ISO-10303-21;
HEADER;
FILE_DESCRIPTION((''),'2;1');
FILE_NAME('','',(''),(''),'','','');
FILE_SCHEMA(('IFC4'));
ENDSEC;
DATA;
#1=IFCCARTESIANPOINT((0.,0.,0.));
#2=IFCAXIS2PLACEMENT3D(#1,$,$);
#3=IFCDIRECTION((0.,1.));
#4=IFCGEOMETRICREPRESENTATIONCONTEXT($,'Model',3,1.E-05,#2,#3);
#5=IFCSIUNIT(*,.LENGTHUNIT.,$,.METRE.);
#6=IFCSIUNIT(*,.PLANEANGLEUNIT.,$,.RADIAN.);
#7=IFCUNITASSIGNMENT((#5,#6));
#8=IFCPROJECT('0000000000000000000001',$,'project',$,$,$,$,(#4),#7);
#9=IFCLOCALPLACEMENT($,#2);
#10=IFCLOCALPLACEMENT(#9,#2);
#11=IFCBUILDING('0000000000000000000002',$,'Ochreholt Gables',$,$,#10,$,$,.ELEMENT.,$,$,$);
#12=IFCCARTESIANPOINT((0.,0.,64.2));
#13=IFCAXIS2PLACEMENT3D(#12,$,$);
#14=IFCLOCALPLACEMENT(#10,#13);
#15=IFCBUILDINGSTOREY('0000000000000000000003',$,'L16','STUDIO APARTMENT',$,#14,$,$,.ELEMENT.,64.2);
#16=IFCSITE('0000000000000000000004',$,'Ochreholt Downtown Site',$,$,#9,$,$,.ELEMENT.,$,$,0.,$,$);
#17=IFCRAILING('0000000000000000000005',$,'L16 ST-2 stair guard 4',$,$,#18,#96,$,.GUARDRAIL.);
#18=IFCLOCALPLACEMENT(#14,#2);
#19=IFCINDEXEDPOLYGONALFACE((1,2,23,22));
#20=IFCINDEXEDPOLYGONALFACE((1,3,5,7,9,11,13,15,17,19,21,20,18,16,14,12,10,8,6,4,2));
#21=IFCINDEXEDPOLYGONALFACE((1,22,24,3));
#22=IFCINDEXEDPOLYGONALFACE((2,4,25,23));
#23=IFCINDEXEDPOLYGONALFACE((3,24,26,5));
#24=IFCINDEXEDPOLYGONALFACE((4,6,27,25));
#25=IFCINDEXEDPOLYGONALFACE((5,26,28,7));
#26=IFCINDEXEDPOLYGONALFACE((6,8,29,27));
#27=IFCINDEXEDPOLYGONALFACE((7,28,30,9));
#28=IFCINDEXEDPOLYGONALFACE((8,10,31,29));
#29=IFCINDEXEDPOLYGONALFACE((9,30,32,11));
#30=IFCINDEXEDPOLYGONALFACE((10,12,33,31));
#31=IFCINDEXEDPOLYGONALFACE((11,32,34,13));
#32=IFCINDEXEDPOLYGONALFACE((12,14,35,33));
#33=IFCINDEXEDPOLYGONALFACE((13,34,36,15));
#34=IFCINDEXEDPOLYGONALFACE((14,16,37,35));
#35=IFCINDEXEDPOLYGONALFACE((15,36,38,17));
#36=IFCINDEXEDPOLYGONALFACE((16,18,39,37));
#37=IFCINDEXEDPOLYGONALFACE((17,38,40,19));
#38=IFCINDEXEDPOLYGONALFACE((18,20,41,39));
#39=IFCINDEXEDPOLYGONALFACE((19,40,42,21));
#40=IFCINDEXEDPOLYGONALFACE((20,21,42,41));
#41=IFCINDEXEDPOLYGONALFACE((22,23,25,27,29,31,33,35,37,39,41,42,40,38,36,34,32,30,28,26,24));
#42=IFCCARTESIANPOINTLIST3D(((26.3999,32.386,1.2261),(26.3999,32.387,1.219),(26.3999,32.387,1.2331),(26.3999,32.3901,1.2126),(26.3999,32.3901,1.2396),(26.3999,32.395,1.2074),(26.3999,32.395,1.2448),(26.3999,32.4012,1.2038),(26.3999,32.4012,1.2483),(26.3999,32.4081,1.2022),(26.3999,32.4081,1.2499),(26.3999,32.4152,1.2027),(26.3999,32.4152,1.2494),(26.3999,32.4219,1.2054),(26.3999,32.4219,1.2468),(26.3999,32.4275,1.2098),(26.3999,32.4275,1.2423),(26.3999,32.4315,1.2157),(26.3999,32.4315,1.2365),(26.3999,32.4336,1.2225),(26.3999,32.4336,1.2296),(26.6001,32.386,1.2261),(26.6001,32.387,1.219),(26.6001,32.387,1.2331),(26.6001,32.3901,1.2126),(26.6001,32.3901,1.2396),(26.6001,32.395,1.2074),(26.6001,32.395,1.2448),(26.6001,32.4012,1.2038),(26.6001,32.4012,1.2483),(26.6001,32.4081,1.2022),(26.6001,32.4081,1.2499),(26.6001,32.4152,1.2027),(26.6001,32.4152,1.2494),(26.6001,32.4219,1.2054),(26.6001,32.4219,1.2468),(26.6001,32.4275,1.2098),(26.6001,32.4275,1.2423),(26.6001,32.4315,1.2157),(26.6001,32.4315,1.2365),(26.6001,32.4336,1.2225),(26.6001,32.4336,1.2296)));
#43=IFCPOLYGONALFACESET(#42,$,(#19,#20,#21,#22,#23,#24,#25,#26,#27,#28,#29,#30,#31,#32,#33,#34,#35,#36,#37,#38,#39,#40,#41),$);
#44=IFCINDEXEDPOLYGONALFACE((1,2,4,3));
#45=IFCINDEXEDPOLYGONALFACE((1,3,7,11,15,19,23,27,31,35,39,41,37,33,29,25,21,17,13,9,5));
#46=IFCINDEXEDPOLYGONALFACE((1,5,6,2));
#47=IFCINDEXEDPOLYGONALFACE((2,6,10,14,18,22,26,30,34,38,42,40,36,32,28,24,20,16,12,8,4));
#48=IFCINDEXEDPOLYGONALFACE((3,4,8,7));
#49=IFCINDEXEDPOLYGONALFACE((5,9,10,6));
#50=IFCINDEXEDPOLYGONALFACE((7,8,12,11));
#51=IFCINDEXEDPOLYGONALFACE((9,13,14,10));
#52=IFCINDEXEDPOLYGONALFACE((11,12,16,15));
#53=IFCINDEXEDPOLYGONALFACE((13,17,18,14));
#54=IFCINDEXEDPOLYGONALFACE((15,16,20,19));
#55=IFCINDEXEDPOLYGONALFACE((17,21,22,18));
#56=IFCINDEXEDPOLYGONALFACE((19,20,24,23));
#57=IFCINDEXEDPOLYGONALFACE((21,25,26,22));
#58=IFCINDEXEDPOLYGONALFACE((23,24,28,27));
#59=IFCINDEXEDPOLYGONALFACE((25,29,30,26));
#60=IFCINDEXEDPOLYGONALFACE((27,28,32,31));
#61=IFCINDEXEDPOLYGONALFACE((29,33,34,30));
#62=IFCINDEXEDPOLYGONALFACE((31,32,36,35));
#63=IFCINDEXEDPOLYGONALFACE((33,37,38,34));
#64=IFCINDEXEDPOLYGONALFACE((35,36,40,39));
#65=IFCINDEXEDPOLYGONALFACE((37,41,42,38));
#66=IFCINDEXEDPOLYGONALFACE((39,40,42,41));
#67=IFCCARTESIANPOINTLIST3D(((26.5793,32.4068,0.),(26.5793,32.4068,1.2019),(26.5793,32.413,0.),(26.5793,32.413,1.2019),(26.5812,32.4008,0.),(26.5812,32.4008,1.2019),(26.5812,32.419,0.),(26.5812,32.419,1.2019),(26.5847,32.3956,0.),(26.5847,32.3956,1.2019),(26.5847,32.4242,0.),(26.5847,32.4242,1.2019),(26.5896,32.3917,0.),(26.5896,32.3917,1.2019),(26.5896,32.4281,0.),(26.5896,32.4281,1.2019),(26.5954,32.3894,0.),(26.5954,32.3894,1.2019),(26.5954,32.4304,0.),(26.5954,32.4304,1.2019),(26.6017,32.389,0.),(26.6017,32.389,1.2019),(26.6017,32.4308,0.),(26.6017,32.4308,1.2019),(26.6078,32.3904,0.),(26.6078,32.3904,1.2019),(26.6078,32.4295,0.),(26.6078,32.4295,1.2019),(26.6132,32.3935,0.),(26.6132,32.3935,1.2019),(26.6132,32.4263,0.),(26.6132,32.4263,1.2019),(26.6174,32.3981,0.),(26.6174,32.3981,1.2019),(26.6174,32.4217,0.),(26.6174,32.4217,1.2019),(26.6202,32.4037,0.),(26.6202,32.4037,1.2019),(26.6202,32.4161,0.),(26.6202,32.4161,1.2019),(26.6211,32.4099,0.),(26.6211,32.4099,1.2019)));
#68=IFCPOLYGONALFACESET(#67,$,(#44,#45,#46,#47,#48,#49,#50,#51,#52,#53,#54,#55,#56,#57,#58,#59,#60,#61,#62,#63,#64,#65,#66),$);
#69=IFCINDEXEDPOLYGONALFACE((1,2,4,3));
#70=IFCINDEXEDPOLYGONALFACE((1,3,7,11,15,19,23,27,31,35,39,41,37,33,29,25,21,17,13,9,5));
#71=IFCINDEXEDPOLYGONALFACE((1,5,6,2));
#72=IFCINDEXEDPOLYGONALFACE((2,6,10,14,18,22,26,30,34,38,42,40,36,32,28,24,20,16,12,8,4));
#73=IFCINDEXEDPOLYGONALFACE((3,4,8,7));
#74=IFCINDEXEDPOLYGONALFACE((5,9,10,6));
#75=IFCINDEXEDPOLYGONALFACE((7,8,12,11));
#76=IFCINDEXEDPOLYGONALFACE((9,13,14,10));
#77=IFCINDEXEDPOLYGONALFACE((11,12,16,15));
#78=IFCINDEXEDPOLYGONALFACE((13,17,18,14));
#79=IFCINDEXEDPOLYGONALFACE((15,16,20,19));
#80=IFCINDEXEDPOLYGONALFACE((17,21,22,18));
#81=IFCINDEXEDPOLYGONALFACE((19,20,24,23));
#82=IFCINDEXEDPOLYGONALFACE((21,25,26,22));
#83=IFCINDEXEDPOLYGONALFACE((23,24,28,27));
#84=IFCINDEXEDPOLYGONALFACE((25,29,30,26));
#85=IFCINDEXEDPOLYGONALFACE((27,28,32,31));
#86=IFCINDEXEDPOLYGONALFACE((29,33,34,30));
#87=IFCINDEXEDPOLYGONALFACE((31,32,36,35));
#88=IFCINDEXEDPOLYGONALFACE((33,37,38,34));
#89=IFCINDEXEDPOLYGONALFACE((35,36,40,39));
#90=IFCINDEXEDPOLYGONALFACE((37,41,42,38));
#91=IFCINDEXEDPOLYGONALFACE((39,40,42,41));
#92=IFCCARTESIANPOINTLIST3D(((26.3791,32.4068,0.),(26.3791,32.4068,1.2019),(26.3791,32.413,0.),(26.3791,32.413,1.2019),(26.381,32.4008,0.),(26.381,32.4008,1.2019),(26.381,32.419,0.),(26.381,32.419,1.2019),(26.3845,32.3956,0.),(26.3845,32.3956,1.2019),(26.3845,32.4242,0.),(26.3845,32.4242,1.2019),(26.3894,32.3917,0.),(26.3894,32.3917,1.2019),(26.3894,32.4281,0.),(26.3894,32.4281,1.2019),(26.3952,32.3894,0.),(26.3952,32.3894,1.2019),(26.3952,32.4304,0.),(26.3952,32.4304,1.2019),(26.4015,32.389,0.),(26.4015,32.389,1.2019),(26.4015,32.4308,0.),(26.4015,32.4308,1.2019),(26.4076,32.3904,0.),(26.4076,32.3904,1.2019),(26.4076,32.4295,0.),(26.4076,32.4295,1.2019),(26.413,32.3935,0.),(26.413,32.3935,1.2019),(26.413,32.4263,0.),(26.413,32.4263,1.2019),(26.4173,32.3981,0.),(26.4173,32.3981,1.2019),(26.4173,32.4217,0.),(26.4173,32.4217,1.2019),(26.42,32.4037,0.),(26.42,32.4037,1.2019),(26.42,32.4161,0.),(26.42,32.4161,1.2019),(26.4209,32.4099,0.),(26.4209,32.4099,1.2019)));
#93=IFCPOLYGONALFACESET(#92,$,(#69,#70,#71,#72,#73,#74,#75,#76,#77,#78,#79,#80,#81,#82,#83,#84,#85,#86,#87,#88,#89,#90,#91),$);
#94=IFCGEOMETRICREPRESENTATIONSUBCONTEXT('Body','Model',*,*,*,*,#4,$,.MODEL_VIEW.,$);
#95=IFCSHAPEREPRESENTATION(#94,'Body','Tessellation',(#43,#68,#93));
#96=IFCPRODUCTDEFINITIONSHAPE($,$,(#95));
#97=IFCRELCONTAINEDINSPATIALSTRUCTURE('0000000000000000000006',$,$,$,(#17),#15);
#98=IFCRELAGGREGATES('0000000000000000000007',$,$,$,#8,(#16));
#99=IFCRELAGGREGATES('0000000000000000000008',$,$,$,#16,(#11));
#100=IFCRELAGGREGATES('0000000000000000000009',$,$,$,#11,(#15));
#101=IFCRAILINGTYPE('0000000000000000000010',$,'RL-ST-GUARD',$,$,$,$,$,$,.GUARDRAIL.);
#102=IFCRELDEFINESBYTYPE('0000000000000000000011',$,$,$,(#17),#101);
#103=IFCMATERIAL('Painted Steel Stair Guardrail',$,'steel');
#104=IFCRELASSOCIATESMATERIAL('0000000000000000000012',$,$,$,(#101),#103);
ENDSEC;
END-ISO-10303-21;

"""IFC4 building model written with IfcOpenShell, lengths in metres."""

from ifc_helpers import new_model, si_unit, direction, frame, origin, origin_2d, place, context, subcontext, project, spatial, circle, extrude, material, type_object, element, save


model = new_model("IFC4")

# Units and contexts
model_context = context("Model", 3, precision=1e-05, world=origin(), true_north=direction((0.0, 1.0)))
body_context = subcontext(model_context, "Body", "Model", "MODEL_VIEW")
ifc_project = project(units=[si_unit("LENGTHUNIT", "METRE"), si_unit("PLANEANGLEUNIT", "RADIAN")], contexts=[model_context])

# Site, building, storey
site_placement = place(None, origin())
site = spatial("IfcSite", under=ifc_project, at=site_placement, Name="Ochreholt Downtown Site", CompositionType="ELEMENT", RefElevation=0.0)
building_placement = place(site_placement, origin())
building = spatial("IfcBuilding", under=site, at=building_placement, Name="Ochreholt Gables", CompositionType="ELEMENT")
storey_placement = place(building_placement, frame((0.0, 0.0, 64.2)))
storey = spatial("IfcBuildingStorey", under=building, at=storey_placement, Name="L16", Description="STUDIO APARTMENT", CompositionType="ELEMENT", Elevation=64.2)

# Railing
ifc_material_1 = material(Name="Painted Steel Stair Guardrail", Category="steel")
railing_type_1 = type_object("IfcRailingType", Name="RL-ST-GUARD", PredefinedType="GUARDRAIL", material=ifc_material_1)
railing_1_placement = place(storey_placement, frame((26.6001, 32.4099, 0.0)))
element("IfcRailing", 1, at=railing_1_placement, inside=storey, type_object=railing_type_1, Name="L16 ST-2 stair guard 4", PredefinedType="GUARDRAIL", context=body_context, shape_type="SweptSolid", body=[
    extrude(circle(Radius=0.0239, at=origin_2d()), frame((0.0, 0.0, 1.2261), z_axis=(-1.0, 0.0, 0.0), x_axis=(0.0, -1.0, 0.0)), (0.0, 0.0, 1.0), 0.2002),
    extrude(circle(Radius=0.021, at=origin_2d()), origin(), (0.0, 0.0, 1.0), 1.2019),
    extrude(circle(Radius=0.021, at=origin_2d()), frame((-0.2002, 0.0, 0.0)), (0.0, 0.0, 1.0), 1.2019),
])

save(model, "model.ifc")
